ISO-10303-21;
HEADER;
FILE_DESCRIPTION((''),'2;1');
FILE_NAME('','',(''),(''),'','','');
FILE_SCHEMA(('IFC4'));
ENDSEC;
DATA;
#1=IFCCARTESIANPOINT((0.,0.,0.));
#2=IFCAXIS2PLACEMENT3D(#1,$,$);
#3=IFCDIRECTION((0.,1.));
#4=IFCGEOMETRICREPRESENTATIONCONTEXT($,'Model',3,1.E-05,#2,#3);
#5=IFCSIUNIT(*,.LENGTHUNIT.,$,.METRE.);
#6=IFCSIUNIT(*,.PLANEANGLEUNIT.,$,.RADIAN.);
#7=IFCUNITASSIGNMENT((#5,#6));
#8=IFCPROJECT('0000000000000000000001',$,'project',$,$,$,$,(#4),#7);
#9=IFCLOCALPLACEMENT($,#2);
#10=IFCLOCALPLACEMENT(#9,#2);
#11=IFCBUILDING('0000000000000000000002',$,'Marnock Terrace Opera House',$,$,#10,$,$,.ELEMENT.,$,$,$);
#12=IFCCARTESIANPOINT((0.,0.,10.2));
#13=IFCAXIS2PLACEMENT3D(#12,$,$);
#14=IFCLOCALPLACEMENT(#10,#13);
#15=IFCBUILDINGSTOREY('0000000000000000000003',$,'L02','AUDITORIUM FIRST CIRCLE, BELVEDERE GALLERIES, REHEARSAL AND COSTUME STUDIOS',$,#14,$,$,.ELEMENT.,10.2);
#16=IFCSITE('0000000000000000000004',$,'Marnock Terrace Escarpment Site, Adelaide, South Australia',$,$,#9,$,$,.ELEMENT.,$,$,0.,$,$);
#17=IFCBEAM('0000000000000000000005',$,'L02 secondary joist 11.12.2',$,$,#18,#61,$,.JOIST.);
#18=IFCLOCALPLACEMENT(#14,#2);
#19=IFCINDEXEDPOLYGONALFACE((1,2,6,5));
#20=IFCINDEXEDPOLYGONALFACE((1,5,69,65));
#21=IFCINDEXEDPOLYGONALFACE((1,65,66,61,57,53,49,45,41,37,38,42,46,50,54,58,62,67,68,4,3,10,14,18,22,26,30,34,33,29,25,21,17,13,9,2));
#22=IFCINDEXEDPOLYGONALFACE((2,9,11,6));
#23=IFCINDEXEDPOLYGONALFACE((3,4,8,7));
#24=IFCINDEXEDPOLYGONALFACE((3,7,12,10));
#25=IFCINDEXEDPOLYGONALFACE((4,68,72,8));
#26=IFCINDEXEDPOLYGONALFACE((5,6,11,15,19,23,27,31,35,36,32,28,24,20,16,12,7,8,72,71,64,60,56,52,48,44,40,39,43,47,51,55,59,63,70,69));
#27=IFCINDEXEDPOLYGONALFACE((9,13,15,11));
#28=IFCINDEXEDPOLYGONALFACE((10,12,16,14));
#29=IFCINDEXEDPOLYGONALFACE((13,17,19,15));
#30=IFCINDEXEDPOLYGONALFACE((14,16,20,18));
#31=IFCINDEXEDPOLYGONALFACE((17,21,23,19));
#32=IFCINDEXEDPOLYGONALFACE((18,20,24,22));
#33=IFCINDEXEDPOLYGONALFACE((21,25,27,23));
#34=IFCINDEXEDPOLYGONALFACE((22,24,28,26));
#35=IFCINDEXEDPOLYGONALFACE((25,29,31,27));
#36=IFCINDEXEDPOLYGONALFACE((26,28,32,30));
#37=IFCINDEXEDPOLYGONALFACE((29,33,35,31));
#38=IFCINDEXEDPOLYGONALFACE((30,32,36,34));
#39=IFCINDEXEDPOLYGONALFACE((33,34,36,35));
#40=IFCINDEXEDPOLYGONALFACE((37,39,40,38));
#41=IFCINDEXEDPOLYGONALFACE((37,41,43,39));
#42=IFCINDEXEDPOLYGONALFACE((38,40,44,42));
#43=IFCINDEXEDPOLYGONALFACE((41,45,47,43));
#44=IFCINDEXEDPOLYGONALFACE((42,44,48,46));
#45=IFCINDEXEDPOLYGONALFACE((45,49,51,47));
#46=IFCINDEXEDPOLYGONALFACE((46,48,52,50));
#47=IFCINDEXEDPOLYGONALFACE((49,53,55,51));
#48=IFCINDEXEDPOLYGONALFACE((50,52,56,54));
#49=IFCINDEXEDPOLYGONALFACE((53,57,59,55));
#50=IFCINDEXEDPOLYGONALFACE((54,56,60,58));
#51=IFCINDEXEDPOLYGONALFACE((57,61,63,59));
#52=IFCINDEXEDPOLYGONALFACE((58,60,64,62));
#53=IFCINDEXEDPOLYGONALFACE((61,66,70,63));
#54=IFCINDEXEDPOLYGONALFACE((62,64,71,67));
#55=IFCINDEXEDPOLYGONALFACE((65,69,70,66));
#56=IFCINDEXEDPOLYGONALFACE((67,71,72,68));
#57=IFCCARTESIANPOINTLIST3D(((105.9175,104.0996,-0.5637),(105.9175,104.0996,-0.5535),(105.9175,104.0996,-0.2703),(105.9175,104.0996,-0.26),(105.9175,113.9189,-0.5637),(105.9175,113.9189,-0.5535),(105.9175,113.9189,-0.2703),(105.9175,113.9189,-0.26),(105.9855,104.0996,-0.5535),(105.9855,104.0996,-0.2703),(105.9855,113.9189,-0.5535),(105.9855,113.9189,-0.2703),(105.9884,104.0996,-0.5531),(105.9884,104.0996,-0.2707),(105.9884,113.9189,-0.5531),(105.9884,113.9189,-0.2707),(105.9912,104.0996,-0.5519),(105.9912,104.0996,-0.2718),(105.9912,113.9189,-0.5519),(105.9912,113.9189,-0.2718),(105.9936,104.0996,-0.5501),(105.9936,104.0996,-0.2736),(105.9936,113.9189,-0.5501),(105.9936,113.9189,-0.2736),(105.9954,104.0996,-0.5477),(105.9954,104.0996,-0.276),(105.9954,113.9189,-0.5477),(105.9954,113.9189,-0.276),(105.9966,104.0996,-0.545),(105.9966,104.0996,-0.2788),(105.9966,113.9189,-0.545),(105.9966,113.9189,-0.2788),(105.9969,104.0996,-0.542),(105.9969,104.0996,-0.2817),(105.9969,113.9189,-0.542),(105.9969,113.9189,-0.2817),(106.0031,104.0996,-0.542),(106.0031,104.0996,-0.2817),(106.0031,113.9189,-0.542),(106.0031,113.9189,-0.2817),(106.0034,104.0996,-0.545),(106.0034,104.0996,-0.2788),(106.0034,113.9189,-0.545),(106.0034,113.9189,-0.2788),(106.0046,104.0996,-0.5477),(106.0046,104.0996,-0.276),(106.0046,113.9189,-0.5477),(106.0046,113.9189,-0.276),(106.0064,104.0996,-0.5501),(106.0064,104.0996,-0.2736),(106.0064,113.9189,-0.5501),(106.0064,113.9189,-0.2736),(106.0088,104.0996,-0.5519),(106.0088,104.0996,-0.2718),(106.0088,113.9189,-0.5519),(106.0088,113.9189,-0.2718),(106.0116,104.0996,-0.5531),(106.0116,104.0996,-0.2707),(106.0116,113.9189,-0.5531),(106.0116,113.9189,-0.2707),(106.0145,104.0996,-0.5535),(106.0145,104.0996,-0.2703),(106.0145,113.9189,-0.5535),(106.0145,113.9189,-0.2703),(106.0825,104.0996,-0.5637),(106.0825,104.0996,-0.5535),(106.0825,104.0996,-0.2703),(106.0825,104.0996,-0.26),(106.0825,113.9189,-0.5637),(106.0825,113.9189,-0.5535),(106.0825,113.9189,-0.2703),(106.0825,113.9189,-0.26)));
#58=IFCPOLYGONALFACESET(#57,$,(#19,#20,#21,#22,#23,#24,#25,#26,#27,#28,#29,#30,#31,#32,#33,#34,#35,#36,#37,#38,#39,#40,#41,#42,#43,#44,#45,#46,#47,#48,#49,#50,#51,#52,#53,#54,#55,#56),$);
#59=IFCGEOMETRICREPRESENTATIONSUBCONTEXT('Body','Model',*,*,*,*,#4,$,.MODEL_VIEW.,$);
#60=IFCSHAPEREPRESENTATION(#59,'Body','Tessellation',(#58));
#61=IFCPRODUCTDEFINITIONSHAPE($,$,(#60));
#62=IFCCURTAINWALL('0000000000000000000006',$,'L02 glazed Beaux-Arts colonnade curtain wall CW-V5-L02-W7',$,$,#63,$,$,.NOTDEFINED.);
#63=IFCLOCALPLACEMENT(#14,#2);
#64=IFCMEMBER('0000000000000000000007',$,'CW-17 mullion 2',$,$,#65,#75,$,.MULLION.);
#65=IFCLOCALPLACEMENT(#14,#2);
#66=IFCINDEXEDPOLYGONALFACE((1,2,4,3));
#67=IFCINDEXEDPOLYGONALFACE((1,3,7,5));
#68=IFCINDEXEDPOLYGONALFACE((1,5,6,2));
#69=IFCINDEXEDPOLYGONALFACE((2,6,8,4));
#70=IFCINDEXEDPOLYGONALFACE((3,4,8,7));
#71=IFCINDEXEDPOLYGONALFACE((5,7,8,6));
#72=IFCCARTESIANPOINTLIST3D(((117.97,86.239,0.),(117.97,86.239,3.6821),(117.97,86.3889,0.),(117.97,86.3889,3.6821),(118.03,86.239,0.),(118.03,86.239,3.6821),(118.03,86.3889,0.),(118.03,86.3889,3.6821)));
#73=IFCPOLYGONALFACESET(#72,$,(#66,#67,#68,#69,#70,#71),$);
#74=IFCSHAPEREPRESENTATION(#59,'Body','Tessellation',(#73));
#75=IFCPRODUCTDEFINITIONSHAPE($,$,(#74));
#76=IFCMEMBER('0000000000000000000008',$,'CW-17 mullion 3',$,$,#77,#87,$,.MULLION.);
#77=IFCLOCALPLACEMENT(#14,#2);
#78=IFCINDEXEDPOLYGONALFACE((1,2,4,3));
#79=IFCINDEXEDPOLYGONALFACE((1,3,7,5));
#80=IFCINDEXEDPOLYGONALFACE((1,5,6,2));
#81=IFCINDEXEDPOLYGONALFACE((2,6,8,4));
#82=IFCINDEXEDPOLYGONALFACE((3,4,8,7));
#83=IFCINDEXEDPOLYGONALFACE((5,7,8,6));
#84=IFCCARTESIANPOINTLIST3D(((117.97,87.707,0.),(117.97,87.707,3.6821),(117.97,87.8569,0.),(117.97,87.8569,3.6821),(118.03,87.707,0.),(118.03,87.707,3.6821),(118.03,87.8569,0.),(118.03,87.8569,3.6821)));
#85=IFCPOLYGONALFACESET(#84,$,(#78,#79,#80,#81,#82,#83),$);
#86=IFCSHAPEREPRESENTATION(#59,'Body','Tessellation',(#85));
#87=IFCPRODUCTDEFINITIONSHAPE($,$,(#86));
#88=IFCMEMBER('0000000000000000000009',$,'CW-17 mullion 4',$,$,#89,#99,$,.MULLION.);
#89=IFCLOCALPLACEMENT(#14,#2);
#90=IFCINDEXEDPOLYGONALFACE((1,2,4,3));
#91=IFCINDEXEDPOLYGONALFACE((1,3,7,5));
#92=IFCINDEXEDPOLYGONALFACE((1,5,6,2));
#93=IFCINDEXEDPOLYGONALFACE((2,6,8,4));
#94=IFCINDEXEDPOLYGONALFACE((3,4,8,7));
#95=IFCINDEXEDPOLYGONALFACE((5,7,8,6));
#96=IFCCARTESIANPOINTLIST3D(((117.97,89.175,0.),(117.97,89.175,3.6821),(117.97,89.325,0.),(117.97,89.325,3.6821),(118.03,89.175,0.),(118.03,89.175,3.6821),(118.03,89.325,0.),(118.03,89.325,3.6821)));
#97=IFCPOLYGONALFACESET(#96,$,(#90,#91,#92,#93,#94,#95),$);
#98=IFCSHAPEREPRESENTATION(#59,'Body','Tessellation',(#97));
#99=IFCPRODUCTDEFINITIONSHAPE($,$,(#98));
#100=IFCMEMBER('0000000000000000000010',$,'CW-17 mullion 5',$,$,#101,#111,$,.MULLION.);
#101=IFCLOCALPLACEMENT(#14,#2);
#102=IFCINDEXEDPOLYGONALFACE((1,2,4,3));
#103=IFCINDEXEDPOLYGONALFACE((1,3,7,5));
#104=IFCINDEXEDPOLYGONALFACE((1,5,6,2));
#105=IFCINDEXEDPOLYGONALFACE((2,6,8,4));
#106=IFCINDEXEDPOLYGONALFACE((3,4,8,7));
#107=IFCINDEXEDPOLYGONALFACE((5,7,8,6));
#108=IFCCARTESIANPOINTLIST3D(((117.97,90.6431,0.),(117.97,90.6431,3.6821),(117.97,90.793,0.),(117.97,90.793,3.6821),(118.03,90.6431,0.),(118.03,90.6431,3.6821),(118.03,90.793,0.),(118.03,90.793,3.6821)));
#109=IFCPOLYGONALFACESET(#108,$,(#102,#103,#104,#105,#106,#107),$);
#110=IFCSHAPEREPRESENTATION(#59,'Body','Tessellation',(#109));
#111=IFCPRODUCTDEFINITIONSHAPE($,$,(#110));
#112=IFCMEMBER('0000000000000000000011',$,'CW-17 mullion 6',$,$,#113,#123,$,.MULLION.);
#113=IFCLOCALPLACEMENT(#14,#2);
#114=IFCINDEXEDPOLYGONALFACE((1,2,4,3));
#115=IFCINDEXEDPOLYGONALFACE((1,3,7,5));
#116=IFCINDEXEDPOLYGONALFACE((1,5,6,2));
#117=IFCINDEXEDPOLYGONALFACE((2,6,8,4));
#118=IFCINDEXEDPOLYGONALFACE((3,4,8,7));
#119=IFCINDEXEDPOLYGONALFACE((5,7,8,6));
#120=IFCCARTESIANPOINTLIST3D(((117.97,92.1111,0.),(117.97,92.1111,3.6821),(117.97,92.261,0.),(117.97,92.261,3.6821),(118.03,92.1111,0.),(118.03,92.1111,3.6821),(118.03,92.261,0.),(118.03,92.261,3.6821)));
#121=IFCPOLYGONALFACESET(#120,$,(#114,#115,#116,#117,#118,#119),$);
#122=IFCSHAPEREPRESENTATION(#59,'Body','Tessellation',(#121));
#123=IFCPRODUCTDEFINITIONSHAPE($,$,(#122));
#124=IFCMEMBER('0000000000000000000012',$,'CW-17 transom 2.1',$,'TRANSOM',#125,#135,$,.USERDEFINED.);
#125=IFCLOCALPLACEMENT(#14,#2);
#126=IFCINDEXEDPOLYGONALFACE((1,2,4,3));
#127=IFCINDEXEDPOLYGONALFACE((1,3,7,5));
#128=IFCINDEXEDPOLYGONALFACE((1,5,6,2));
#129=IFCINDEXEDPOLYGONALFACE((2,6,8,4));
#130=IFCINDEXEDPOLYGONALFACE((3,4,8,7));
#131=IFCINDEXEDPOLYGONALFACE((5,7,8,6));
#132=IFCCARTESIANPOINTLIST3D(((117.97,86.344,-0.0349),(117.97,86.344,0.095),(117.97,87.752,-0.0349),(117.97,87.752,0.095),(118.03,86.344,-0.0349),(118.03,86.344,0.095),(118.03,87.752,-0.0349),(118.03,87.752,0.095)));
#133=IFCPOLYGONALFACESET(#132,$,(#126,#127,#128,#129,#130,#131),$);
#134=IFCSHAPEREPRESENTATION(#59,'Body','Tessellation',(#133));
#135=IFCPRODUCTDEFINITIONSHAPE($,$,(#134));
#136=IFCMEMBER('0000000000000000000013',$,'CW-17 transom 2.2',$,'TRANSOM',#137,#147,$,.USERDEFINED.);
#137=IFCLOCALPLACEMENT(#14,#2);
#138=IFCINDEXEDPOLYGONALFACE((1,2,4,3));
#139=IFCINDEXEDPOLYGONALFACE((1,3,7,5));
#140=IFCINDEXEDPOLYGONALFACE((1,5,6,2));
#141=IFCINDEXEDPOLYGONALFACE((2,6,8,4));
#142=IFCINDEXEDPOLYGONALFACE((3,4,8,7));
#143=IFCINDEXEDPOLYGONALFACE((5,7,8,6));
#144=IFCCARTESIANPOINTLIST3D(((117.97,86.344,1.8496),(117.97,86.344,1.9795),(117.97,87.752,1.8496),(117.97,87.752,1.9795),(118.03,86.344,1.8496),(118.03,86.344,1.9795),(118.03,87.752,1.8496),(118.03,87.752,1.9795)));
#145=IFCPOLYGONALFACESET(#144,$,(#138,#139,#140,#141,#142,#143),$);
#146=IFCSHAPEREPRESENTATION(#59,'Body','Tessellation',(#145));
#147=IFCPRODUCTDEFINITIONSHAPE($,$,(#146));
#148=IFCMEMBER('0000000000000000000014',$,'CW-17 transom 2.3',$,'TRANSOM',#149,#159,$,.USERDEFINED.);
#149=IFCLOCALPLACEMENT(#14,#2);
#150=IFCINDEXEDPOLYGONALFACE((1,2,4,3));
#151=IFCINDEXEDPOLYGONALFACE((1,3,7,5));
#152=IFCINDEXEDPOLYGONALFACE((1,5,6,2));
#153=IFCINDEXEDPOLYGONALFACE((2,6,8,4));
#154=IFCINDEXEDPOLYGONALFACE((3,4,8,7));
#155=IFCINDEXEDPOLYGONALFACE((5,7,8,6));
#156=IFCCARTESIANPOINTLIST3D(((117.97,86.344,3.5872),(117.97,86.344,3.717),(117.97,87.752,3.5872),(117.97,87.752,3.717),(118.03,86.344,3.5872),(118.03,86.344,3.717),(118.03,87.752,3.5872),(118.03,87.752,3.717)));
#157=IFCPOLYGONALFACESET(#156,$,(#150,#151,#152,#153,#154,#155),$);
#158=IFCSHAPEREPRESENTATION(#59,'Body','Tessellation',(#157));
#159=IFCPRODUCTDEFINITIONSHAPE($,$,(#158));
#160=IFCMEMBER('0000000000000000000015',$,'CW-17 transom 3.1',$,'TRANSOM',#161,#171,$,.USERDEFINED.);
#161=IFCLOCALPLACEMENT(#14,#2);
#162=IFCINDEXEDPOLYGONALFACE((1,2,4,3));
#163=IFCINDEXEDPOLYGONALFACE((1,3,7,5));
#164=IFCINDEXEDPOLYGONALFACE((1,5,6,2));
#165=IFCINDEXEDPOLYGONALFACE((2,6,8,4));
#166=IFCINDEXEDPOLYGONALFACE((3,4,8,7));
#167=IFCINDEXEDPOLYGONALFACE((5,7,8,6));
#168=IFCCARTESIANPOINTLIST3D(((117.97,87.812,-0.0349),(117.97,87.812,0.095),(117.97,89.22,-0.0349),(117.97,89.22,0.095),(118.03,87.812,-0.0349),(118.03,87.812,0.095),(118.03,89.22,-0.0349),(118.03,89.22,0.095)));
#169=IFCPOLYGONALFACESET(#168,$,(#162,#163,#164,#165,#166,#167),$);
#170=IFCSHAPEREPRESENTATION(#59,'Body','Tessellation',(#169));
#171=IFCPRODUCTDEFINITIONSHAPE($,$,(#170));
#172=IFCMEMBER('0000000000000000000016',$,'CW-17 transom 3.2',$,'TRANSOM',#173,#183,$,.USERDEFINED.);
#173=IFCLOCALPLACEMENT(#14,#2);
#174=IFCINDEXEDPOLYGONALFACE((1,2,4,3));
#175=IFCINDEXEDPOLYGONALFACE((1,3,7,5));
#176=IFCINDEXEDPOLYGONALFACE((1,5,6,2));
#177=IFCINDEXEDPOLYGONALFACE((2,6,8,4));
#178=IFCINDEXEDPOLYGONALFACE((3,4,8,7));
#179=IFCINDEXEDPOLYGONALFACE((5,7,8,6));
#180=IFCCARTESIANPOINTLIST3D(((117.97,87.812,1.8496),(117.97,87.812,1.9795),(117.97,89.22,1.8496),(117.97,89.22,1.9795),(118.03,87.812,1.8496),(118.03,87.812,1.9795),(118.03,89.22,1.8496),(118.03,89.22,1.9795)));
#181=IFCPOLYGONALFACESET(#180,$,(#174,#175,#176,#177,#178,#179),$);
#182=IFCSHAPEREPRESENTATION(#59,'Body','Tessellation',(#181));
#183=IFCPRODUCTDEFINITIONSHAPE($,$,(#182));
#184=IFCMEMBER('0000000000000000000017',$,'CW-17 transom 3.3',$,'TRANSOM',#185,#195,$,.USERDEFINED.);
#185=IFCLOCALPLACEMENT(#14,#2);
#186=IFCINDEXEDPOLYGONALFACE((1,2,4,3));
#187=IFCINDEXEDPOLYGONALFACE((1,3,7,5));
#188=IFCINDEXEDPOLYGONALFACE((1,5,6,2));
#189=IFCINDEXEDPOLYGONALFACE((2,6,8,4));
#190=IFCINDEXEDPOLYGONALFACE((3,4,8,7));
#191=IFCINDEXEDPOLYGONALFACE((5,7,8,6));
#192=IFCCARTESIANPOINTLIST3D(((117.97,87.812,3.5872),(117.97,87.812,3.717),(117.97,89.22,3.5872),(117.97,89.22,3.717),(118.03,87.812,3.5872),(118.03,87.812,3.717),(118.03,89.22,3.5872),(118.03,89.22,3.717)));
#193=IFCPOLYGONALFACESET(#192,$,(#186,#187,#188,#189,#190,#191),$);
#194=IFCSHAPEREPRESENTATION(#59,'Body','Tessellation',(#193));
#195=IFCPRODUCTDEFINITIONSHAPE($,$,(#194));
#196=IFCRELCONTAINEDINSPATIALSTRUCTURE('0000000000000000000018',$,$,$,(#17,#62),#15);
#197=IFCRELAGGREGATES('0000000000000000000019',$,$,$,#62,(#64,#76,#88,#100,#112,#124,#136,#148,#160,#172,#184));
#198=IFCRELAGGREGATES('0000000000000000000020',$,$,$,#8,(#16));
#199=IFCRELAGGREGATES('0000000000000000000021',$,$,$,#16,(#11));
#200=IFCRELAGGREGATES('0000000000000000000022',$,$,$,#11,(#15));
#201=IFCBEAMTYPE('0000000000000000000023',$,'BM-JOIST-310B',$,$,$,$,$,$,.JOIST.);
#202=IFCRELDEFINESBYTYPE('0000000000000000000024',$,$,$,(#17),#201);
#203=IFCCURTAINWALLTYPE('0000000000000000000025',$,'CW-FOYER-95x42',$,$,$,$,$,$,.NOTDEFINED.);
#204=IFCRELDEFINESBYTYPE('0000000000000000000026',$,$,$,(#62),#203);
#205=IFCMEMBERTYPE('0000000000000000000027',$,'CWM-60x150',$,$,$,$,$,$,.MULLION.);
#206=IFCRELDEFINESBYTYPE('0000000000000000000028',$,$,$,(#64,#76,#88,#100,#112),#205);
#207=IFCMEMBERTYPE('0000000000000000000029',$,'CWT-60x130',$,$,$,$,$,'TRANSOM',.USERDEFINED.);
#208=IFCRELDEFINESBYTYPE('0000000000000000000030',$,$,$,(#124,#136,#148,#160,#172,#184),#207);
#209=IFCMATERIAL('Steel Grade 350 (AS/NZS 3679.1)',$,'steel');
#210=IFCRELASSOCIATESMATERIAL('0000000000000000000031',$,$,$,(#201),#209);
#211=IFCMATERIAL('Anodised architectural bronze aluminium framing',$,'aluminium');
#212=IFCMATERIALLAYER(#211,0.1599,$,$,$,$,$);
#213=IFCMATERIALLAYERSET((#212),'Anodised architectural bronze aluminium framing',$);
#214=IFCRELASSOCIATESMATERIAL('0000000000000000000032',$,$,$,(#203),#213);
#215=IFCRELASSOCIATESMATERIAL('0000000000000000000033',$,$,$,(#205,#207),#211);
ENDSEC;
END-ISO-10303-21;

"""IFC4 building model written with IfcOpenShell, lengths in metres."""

from ifc_helpers import new_model, si_unit, direction, frame, origin, origin_2d, place, context, subcontext, project, spatial, rectangle, i_section, extrude, material, layer, layer_set, material_profile, profile_set, type_object, element, aggregate, save


model = new_model("IFC4")

# Units and contexts
model_context = context("Model", 3, precision=1e-05, world=origin(), true_north=direction((0.0, 1.0)))
body_context = subcontext(model_context, "Body", "Model", "MODEL_VIEW")
ifc_project = project(units=[si_unit("LENGTHUNIT", "METRE"), si_unit("PLANEANGLEUNIT", "RADIAN")], contexts=[model_context])

# Site, building, storey
site_placement = place(None, origin())
site = spatial("IfcSite", under=ifc_project, at=site_placement, Name="Marnock Terrace Escarpment Site, Adelaide, South Australia", CompositionType="ELEMENT", RefElevation=0.0)
building_placement = place(site_placement, origin())
building = spatial("IfcBuilding", under=site, at=building_placement, Name="Marnock Terrace Opera House", CompositionType="ELEMENT")
storey_placement = place(building_placement, frame((0.0, 0.0, 10.2)))
storey = spatial("IfcBuildingStorey", under=building, at=storey_placement, Name="L02", Description="AUDITORIUM FIRST CIRCLE, BELVEDERE GALLERIES, REHEARSAL AND COSTUME STUDIOS", CompositionType="ELEMENT", Elevation=10.2)

# Beam
ifc_material_1 = material(Name="Steel Grade 350 (AS/NZS 3679.1)", Category="steel")
ifc_material_profile_1 = material_profile(ifc_material_1, i_section(OverallWidth=0.165, OverallDepth=0.3037, WebThickness=0.0061, FlangeThickness=0.0103, FilletRadius=0.0115, at=origin_2d()))
ifc_profile_set_1 = profile_set([ifc_material_profile_1], Name="Steel Grade 350 (AS/NZS 3679.1)")
beam_type_1 = type_object("IfcBeamType", Name="BM-JOIST-310B", PredefinedType="JOIST", material=ifc_profile_set_1)
for number, where, z_axis, x_axis, name in (
    (1, (106.0, 104.0996, -0.4119), (0.0, 1.0, 0.0), (-1.0, 0.0, 0.0), "L02 secondary joist 11.12.2"),
):
    element("IfcBeam", number, at=place(storey_placement, frame(where, z_axis=z_axis, x_axis=x_axis)), inside=storey, type_object=beam_type_1, Name=name, PredefinedType="JOIST", context=body_context, shape_type="SweptSolid", body=[
        extrude(i_section(OverallWidth=0.165, OverallDepth=0.3037, WebThickness=0.0061, FlangeThickness=0.0103, FilletRadius=0.0115, at=origin_2d()), origin(), (0.0, 0.0, 1.0), 9.8193),
    ])

# Curtain wall, members
ifc_material_2 = material(Name="Anodised architectural bronze aluminium framing", Category="aluminium")
ifc_layer_1 = layer(ifc_material_2, 0.1599)
ifc_layer_set_1 = layer_set([ifc_layer_1], Name="Anodised architectural bronze aluminium framing")
curtain_wall_type = type_object("IfcCurtainWallType", Name="CW-FOYER-95x42", PredefinedType="NOTDEFINED", material=ifc_layer_set_1)
curtain_wall_placement = place(storey_placement, origin())
curtain_wall = element("IfcCurtainWall", 2, at=curtain_wall_placement, inside=storey, type_object=curtain_wall_type, Name="L02 glazed Beaux-Arts colonnade curtain wall CW-V5-L02-W7", PredefinedType="NOTDEFINED")
ifc_material_profile_2 = material_profile(ifc_material_2, rectangle(XDim=0.0601, YDim=0.1499, at=origin_2d()))
ifc_profile_set_2 = profile_set([ifc_material_profile_2], Name="Anodised architectural bronze aluminium framing")
member_type_1 = type_object("IfcMemberType", Name="CWM-60x150", PredefinedType="MULLION", material=ifc_profile_set_2)
member_1_placement = place(storey_placement, frame((118.0, 86.314, 0.0), z_axis=(0.0, 0.0, 1.0), x_axis=(-1.0, 0.0, 0.0)))
member_1 = element("IfcMember", 3, at=member_1_placement, type_object=member_type_1, Name="CW-17 mullion 2", PredefinedType="MULLION", context=body_context, shape_type="SweptSolid", body=[
    extrude(rectangle(XDim=0.0601, YDim=0.1499, at=origin_2d()), origin(), (0.0, 0.0, 1.0), 3.6821),
])
member_2_placement = place(storey_placement, frame((118.0, 87.782, 0.0), z_axis=(0.0, 0.0, 1.0), x_axis=(-1.0, 0.0, 0.0)))
member_2 = element("IfcMember", 4, at=member_2_placement, type_object=member_type_1, Name="CW-17 mullion 3", PredefinedType="MULLION", context=body_context, shape_type="SweptSolid", body=[
    extrude(rectangle(XDim=0.0601, YDim=0.1499, at=origin_2d()), origin(), (0.0, 0.0, 1.0), 3.6821),
])
member_3_placement = place(storey_placement, frame((118.0, 89.25, 0.0), z_axis=(0.0, 0.0, 1.0), x_axis=(-1.0, 0.0, 0.0)))
member_3 = element("IfcMember", 5, at=member_3_placement, type_object=member_type_1, Name="CW-17 mullion 4", PredefinedType="MULLION", context=body_context, shape_type="SweptSolid", body=[
    extrude(rectangle(XDim=0.0601, YDim=0.1499, at=origin_2d()), origin(), (0.0, 0.0, 1.0), 3.6821),
])
member_4_placement = place(storey_placement, frame((118.0, 90.718, 0.0), z_axis=(0.0, 0.0, 1.0), x_axis=(-1.0, 0.0, 0.0)))
member_4 = element("IfcMember", 6, at=member_4_placement, type_object=member_type_1, Name="CW-17 mullion 5", PredefinedType="MULLION", context=body_context, shape_type="SweptSolid", body=[
    extrude(rectangle(XDim=0.0601, YDim=0.1499, at=origin_2d()), origin(), (0.0, 0.0, 1.0), 3.6821),
])
member_5_placement = place(storey_placement, frame((118.0, 92.186, 0.0), z_axis=(0.0, 0.0, 1.0), x_axis=(-1.0, 0.0, 0.0)))
member_5 = element("IfcMember", 7, at=member_5_placement, type_object=member_type_1, Name="CW-17 mullion 6", PredefinedType="MULLION", context=body_context, shape_type="SweptSolid", body=[
    extrude(rectangle(XDim=0.0601, YDim=0.1499, at=origin_2d()), origin(), (0.0, 0.0, 1.0), 3.6821),
])
ifc_material_profile_3 = material_profile(ifc_material_2, rectangle(XDim=0.0601, YDim=0.1299, at=origin_2d()))
ifc_profile_set_3 = profile_set([ifc_material_profile_3], Name="Anodised architectural bronze aluminium framing")
member_type_2 = type_object("IfcMemberType", Name="CWT-60x130", ElementType="TRANSOM", PredefinedType="USERDEFINED", material=ifc_profile_set_3)
member_6_placement = place(storey_placement, frame((118.0, 86.344, 0.03), z_axis=(0.0, 1.0, 0.0), x_axis=(-1.0, 0.0, 0.0)))
member_6 = element("IfcMember", 8, at=member_6_placement, type_object=member_type_2, Name="CW-17 transom 2.1", ObjectType="TRANSOM", PredefinedType="USERDEFINED", context=body_context, shape_type="SweptSolid", body=[
    extrude(rectangle(XDim=0.0601, YDim=0.1299, at=origin_2d()), origin(), (0.0, 0.0, 1.0), 1.408),
])
member_7_placement = place(storey_placement, frame((118.0, 86.344, 1.9146), z_axis=(0.0, 1.0, 0.0), x_axis=(-1.0, 0.0, 0.0)))
member_7 = element("IfcMember", 9, at=member_7_placement, type_object=member_type_2, Name="CW-17 transom 2.2", ObjectType="TRANSOM", PredefinedType="USERDEFINED", context=body_context, shape_type="SweptSolid", body=[
    extrude(rectangle(XDim=0.0601, YDim=0.1299, at=origin_2d()), origin(), (0.0, 0.0, 1.0), 1.408),
])
member_8_placement = place(storey_placement, frame((118.0, 86.344, 3.6521), z_axis=(0.0, 1.0, 0.0), x_axis=(-1.0, 0.0, 0.0)))
member_8 = element("IfcMember", 10, at=member_8_placement, type_object=member_type_2, Name="CW-17 transom 2.3", ObjectType="TRANSOM", PredefinedType="USERDEFINED", context=body_context, shape_type="SweptSolid", body=[
    extrude(rectangle(XDim=0.0601, YDim=0.1299, at=origin_2d()), origin(), (0.0, 0.0, 1.0), 1.408),
])
member_9_placement = place(storey_placement, frame((118.0, 87.812, 0.03), z_axis=(0.0, 1.0, 0.0), x_axis=(-1.0, 0.0, 0.0)))
member_9 = element("IfcMember", 11, at=member_9_placement, type_object=member_type_2, Name="CW-17 transom 3.1", ObjectType="TRANSOM", PredefinedType="USERDEFINED", context=body_context, shape_type="SweptSolid", body=[
    extrude(rectangle(XDim=0.0601, YDim=0.1299, at=origin_2d()), origin(), (0.0, 0.0, 1.0), 1.408),
])
member_10_placement = place(storey_placement, frame((118.0, 87.812, 1.9146), z_axis=(0.0, 1.0, 0.0), x_axis=(-1.0, 0.0, 0.0)))
member_10 = element("IfcMember", 12, at=member_10_placement, type_object=member_type_2, Name="CW-17 transom 3.2", ObjectType="TRANSOM", PredefinedType="USERDEFINED", context=body_context, shape_type="SweptSolid", body=[
    extrude(rectangle(XDim=0.0601, YDim=0.1299, at=origin_2d()), origin(), (0.0, 0.0, 1.0), 1.408),
])
member_11_placement = place(storey_placement, frame((118.0, 87.812, 3.6521), z_axis=(0.0, 1.0, 0.0), x_axis=(-1.0, 0.0, 0.0)))
member_11 = element("IfcMember", 13, at=member_11_placement, type_object=member_type_2, Name="CW-17 transom 3.3", ObjectType="TRANSOM", PredefinedType="USERDEFINED", context=body_context, shape_type="SweptSolid", body=[
    extrude(rectangle(XDim=0.0601, YDim=0.1299, at=origin_2d()), origin(), (0.0, 0.0, 1.0), 1.408),
])
aggregate(curtain_wall, [member_1, member_2, member_3, member_4, member_5, member_6, member_7, member_8, member_9, member_10, member_11])

save(model, "model.ifc")
